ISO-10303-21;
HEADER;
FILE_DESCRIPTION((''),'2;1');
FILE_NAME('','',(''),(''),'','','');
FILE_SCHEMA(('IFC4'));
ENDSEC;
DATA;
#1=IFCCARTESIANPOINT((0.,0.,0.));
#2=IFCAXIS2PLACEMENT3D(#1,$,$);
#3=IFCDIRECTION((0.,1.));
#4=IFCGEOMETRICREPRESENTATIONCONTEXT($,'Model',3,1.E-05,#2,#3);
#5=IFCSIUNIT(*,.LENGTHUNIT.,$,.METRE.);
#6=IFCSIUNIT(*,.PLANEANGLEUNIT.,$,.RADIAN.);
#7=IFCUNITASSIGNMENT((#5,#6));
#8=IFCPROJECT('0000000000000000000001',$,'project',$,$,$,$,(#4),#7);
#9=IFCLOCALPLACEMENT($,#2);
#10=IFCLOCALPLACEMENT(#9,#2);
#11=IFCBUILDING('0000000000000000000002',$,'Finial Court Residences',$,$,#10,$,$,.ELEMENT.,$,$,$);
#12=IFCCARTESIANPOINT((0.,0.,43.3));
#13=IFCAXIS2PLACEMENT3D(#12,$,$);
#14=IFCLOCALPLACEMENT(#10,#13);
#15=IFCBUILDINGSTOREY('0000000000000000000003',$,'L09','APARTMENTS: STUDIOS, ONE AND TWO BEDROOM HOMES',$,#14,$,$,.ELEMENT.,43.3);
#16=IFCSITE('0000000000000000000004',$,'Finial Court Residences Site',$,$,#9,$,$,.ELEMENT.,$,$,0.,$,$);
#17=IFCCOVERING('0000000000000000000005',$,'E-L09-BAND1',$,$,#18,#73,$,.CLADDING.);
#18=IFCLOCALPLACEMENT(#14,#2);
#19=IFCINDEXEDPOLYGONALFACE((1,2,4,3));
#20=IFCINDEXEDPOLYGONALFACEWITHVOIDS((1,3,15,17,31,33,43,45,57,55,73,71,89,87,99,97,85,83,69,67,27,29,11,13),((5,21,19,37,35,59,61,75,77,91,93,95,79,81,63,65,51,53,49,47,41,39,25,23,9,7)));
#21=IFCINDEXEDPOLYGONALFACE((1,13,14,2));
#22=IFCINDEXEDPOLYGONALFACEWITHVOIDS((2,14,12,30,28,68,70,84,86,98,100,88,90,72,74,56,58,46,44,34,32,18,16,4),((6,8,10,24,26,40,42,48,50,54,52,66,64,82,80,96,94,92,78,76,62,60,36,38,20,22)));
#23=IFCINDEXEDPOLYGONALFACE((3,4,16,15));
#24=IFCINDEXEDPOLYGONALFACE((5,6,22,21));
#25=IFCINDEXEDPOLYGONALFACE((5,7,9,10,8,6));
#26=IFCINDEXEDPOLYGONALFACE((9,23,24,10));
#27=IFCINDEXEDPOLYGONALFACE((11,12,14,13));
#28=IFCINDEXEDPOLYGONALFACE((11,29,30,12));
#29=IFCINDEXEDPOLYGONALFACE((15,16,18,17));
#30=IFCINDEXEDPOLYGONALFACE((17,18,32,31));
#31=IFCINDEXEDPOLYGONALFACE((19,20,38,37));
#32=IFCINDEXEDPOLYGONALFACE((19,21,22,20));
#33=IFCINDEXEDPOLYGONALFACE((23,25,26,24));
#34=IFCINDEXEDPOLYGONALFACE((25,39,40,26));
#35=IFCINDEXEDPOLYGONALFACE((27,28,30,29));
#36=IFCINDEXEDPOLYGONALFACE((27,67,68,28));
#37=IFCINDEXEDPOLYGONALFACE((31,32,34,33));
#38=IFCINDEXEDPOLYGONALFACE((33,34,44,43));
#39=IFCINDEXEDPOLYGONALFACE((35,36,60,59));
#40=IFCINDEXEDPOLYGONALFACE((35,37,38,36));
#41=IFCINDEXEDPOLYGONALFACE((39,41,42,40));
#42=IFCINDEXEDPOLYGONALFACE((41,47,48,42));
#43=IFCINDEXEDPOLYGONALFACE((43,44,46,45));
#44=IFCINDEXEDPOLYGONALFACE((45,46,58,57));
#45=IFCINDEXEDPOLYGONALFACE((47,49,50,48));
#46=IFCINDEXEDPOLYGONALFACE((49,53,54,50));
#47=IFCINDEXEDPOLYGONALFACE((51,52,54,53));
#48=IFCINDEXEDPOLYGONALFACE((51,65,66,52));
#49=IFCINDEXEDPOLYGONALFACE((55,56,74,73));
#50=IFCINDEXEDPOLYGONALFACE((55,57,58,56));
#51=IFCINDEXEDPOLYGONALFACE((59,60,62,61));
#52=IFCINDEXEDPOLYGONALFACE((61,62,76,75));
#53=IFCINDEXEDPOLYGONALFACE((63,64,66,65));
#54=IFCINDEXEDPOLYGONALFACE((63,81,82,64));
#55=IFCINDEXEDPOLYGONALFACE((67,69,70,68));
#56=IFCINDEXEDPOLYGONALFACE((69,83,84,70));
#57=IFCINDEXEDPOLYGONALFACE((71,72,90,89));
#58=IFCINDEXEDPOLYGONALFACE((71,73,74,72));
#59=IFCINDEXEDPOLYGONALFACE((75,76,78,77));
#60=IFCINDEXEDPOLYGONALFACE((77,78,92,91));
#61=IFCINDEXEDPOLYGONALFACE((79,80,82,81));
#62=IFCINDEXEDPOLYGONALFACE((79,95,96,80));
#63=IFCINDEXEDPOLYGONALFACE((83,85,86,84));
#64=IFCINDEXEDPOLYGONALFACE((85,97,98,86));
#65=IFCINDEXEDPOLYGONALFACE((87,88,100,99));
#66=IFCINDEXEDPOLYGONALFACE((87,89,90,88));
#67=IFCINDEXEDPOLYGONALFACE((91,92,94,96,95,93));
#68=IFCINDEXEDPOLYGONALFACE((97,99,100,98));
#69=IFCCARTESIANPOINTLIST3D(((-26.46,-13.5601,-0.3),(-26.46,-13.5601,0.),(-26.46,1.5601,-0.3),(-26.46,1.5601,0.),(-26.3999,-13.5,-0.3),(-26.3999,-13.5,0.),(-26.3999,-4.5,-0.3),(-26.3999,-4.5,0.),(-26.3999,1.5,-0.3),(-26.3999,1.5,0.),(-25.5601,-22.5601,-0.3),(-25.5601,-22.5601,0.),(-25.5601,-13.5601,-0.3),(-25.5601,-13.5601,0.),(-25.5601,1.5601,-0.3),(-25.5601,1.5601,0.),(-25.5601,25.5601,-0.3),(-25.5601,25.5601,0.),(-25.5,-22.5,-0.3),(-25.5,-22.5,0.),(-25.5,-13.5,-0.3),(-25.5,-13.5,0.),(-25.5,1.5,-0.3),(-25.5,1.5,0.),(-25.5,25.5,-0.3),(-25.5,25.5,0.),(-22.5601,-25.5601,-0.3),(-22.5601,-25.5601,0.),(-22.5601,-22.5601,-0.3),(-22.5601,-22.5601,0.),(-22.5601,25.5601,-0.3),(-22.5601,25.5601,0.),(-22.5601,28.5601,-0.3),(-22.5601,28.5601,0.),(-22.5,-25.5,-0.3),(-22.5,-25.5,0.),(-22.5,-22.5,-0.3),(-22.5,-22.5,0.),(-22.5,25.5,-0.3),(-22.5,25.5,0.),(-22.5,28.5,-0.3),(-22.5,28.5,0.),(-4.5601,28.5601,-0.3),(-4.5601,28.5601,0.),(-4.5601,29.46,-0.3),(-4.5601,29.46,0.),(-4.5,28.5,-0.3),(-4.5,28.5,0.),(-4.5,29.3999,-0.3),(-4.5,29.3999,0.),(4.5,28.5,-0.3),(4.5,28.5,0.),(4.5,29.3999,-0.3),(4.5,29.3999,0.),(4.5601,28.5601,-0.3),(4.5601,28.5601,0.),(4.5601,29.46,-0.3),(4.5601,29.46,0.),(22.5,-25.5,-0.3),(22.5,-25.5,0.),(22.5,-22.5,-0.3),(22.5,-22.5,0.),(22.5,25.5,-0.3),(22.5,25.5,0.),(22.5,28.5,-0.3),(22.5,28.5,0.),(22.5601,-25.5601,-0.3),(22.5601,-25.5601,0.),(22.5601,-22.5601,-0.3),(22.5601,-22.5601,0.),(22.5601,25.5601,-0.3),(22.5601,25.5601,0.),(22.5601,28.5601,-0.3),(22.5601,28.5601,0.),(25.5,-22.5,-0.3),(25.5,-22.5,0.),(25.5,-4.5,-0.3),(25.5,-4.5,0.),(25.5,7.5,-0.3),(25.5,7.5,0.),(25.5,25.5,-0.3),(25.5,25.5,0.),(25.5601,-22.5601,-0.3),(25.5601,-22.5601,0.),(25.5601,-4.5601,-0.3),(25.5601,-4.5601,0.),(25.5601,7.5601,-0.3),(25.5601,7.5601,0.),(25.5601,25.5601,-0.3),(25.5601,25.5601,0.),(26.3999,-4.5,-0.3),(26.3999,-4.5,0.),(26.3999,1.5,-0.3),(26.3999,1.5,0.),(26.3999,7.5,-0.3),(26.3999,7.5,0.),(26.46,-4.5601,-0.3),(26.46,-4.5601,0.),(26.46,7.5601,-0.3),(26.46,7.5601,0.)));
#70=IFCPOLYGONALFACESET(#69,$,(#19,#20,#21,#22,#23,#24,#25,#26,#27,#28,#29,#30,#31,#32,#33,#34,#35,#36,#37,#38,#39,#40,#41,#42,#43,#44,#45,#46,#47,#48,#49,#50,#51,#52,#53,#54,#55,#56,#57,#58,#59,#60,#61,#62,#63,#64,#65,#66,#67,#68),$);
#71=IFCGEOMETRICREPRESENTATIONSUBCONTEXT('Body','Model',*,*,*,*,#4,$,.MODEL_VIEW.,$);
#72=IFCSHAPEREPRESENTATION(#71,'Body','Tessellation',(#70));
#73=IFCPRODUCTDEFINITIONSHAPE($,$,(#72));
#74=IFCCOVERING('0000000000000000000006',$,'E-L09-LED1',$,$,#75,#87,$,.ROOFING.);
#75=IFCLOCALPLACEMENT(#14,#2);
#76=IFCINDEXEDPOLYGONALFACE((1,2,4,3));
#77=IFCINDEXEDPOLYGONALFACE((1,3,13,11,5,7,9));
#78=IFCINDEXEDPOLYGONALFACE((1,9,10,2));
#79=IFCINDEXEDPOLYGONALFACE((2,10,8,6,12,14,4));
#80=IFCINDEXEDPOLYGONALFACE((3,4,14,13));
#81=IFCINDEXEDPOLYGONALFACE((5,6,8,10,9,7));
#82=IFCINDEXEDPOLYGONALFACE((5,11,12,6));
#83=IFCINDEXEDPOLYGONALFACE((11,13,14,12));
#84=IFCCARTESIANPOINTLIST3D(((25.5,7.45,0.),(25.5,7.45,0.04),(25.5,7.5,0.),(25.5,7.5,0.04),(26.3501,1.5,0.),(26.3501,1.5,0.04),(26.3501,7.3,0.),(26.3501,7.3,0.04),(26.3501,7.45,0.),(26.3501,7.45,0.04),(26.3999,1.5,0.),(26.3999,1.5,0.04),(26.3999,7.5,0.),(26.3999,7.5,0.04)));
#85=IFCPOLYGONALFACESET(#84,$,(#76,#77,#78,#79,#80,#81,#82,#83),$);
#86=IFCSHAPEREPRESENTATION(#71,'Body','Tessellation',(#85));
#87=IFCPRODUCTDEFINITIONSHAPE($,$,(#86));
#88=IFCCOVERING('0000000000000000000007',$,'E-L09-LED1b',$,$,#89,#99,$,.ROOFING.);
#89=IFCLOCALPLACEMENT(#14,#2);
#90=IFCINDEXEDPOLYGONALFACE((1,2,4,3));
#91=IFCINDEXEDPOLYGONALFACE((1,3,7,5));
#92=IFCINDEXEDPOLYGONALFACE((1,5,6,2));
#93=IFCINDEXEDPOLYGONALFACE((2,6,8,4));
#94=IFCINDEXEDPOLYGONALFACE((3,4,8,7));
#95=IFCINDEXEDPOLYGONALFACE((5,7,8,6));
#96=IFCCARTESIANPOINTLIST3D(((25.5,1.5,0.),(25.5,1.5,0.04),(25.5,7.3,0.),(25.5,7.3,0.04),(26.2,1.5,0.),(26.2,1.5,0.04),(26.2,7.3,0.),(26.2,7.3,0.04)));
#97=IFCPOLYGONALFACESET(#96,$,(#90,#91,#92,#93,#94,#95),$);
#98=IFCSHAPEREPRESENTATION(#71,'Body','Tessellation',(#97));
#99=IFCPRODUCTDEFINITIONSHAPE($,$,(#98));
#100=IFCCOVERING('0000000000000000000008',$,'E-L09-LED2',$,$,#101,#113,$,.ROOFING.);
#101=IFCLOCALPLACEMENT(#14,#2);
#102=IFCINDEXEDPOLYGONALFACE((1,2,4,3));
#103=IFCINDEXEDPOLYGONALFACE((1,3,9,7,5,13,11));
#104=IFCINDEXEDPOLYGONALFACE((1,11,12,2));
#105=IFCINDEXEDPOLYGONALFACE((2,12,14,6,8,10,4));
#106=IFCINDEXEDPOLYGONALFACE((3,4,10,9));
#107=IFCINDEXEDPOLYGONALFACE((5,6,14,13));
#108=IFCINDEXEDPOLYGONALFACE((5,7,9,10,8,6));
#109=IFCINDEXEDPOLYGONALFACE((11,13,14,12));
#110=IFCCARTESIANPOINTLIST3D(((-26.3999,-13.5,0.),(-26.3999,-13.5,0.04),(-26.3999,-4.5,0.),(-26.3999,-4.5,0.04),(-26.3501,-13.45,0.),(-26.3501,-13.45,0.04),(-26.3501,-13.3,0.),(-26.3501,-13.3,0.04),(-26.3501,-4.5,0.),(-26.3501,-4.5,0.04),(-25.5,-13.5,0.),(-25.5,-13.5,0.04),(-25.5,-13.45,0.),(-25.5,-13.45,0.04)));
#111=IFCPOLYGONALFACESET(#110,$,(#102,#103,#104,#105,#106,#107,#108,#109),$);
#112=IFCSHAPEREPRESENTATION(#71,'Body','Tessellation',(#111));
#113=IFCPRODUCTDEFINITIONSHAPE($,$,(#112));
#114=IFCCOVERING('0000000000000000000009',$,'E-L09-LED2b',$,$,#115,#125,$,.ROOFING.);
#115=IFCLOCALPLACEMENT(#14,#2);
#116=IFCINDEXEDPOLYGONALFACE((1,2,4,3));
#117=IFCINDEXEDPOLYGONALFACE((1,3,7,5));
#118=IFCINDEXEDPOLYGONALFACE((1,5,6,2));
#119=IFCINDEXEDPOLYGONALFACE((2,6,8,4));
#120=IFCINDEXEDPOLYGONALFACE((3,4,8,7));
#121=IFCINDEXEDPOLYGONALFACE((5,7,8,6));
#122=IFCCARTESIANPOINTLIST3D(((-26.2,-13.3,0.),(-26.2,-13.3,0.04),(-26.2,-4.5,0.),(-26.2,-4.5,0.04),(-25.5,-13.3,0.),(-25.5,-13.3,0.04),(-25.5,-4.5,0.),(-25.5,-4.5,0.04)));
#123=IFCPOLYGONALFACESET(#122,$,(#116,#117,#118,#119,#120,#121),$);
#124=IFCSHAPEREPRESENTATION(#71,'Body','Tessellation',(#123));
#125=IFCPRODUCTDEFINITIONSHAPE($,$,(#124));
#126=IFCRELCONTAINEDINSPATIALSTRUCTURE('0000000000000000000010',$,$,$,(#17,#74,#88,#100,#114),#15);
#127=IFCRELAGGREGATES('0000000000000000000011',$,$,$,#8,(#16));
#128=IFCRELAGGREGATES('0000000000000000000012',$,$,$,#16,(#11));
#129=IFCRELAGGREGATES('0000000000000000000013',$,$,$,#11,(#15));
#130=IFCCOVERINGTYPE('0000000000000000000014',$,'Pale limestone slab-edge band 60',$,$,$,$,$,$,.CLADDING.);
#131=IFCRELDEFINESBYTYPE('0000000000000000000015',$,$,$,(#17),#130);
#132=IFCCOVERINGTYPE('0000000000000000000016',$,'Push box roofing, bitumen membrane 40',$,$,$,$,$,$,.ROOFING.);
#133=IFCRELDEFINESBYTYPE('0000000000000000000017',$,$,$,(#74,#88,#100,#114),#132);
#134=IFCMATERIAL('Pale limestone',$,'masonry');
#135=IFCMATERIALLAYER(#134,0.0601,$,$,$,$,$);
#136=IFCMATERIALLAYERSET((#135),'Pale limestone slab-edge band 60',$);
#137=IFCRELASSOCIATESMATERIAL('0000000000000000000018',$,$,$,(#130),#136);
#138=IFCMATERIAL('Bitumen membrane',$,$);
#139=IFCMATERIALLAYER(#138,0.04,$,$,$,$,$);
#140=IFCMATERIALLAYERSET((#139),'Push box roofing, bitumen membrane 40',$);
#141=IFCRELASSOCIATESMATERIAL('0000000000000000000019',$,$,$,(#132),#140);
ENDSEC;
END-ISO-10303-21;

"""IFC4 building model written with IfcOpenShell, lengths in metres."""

from ifc_helpers import new_model, si_unit, direction, frame, origin, place, context, subcontext, project, spatial, polyline, outline, extrude, material, layer, layer_set, type_object, element, save


model = new_model("IFC4")

# Units and contexts
model_context = context("Model", 3, precision=1e-05, world=origin(), true_north=direction((0.0, 1.0)))
body_context = subcontext(model_context, "Body", "Model", "MODEL_VIEW")
ifc_project = project(units=[si_unit("LENGTHUNIT", "METRE"), si_unit("PLANEANGLEUNIT", "RADIAN")], contexts=[model_context])

# Site, building, storey
site_placement = place(None, origin())
site = spatial("IfcSite", under=ifc_project, at=site_placement, Name="Finial Court Residences Site", CompositionType="ELEMENT", RefElevation=0.0)
building_placement = place(site_placement, origin())
building = spatial("IfcBuilding", under=site, at=building_placement, Name="Finial Court Residences", CompositionType="ELEMENT")
storey_placement = place(building_placement, frame((0.0, 0.0, 43.3)))
storey = spatial("IfcBuildingStorey", under=building, at=storey_placement, Name="L09", Description="APARTMENTS: STUDIOS, ONE AND TWO BEDROOM HOMES", CompositionType="ELEMENT", Elevation=43.3)

# Coverings
ifc_material_1 = material(Name="Pale limestone", Category="masonry")
ifc_layer_1 = layer(ifc_material_1, 0.0601)
ifc_layer_set_1 = layer_set([ifc_layer_1], Name="Pale limestone slab-edge band 60")
covering_type_1 = type_object("IfcCoveringType", Name="Pale limestone slab-edge band 60", PredefinedType="CLADDING", material=ifc_layer_set_1)
covering_1_placement = place(storey_placement, frame((0.0, 0.0, -0.3)))
element("IfcCovering", 1, at=covering_1_placement, inside=storey, type_object=covering_type_1, Name="E-L09-BAND1", PredefinedType="CLADDING", context=body_context, shape_type="SweptSolid", body=[
    extrude(outline(polyline([(-25.5601, 1.5601), (-25.5601, 25.5601), (-22.5601, 25.5601), (-22.5601, 28.5601), (-4.5601, 28.5601), (-4.5601, 29.46), (4.5601, 29.46), (4.5601, 28.5601), (22.5601, 28.5601), (22.5601, 25.5601), (25.5601, 25.5601), (25.5601, 7.5601), (26.46, 7.5601), (26.46, -4.5601), (25.5601, -4.5601), (25.5601, -22.5601), (22.5601, -22.5601), (22.5601, -25.5601), (-22.5601, -25.5601), (-22.5601, -22.5601), (-25.5601, -22.5601), (-25.5601, -13.5601), (-26.46, -13.5601), (-26.46, 1.5601), (-25.5601, 1.5601)]), holes=[polyline([(-26.3999, -13.5), (-25.5, -13.5), (-25.5, -22.5), (-22.5, -22.5), (-22.5, -25.5), (22.5, -25.5), (22.5, -22.5), (25.5, -22.5), (25.5, -4.5), (26.3999, -4.5), (26.3999, 1.5), (26.3999, 7.5), (25.5, 7.5), (25.5, 25.5), (22.5, 25.5), (22.5, 28.5), (4.5, 28.5), (4.5, 29.3999), (-4.5, 29.3999), (-4.5, 28.5), (-22.5, 28.5), (-22.5, 25.5), (-25.5, 25.5), (-25.5, 1.5), (-26.3999, 1.5), (-26.3999, -4.5), (-26.3999, -13.5)])]), origin(), (0.0, 0.0, 1.0), 0.3),
])
ifc_material_2 = material(Name="Bitumen membrane")
ifc_layer_2 = layer(ifc_material_2, 0.04)
ifc_layer_set_2 = layer_set([ifc_layer_2], Name="Push box roofing, bitumen membrane 40")
covering_type_2 = type_object("IfcCoveringType", Name="Push box roofing, bitumen membrane 40", PredefinedType="ROOFING", material=ifc_layer_set_2)
covering_2_placement = place(storey_placement, origin())
element("IfcCovering", 2, at=covering_2_placement, inside=storey, type_object=covering_type_2, Name="E-L09-LED1", PredefinedType="ROOFING", context=body_context, shape_type="SweptSolid", body=[
    extrude(outline(polyline([(26.3501, 1.5), (26.3501, 7.3), (26.3501, 7.3), (26.3501, 7.45), (25.5, 7.45), (25.5, 7.5), (26.3999, 7.5), (26.3999, 1.5), (26.3501, 1.5)])), origin(), (0.0, 0.0, 1.0), 0.04),
])
covering_3_placement = place(storey_placement, origin())
element("IfcCovering", 3, at=covering_3_placement, inside=storey, type_object=covering_type_2, Name="E-L09-LED1b", PredefinedType="ROOFING", context=body_context, shape_type="SweptSolid", body=[
    extrude(outline(polyline([(25.5, 1.5), (25.5, 7.3), (26.2, 7.3), (26.2, 1.5), (25.5, 1.5)])), origin(), (0.0, 0.0, 1.0), 0.04),
])
covering_4_placement = place(storey_placement, origin())
element("IfcCovering", 4, at=covering_4_placement, inside=storey, type_object=covering_type_2, Name="E-L09-LED2", PredefinedType="ROOFING", context=body_context, shape_type="SweptSolid", body=[
    extrude(outline(polyline([(-26.3501, -4.5), (-26.3501, -13.3), (-26.3501, -13.3), (-26.3501, -13.45), (-25.5, -13.45), (-25.5, -13.5), (-26.3999, -13.5), (-26.3999, -4.5), (-26.3501, -4.5)])), origin(), (0.0, 0.0, 1.0), 0.04),
])
covering_5_placement = place(storey_placement, origin())
element("IfcCovering", 5, at=covering_5_placement, inside=storey, type_object=covering_type_2, Name="E-L09-LED2b", PredefinedType="ROOFING", context=body_context, shape_type="SweptSolid", body=[
    extrude(outline(polyline([(-25.5, -4.5), (-25.5, -13.3), (-26.2, -13.3), (-26.2, -4.5), (-25.5, -4.5)])), origin(), (0.0, 0.0, 1.0), 0.04),
])

save(model, "model.ifc")
